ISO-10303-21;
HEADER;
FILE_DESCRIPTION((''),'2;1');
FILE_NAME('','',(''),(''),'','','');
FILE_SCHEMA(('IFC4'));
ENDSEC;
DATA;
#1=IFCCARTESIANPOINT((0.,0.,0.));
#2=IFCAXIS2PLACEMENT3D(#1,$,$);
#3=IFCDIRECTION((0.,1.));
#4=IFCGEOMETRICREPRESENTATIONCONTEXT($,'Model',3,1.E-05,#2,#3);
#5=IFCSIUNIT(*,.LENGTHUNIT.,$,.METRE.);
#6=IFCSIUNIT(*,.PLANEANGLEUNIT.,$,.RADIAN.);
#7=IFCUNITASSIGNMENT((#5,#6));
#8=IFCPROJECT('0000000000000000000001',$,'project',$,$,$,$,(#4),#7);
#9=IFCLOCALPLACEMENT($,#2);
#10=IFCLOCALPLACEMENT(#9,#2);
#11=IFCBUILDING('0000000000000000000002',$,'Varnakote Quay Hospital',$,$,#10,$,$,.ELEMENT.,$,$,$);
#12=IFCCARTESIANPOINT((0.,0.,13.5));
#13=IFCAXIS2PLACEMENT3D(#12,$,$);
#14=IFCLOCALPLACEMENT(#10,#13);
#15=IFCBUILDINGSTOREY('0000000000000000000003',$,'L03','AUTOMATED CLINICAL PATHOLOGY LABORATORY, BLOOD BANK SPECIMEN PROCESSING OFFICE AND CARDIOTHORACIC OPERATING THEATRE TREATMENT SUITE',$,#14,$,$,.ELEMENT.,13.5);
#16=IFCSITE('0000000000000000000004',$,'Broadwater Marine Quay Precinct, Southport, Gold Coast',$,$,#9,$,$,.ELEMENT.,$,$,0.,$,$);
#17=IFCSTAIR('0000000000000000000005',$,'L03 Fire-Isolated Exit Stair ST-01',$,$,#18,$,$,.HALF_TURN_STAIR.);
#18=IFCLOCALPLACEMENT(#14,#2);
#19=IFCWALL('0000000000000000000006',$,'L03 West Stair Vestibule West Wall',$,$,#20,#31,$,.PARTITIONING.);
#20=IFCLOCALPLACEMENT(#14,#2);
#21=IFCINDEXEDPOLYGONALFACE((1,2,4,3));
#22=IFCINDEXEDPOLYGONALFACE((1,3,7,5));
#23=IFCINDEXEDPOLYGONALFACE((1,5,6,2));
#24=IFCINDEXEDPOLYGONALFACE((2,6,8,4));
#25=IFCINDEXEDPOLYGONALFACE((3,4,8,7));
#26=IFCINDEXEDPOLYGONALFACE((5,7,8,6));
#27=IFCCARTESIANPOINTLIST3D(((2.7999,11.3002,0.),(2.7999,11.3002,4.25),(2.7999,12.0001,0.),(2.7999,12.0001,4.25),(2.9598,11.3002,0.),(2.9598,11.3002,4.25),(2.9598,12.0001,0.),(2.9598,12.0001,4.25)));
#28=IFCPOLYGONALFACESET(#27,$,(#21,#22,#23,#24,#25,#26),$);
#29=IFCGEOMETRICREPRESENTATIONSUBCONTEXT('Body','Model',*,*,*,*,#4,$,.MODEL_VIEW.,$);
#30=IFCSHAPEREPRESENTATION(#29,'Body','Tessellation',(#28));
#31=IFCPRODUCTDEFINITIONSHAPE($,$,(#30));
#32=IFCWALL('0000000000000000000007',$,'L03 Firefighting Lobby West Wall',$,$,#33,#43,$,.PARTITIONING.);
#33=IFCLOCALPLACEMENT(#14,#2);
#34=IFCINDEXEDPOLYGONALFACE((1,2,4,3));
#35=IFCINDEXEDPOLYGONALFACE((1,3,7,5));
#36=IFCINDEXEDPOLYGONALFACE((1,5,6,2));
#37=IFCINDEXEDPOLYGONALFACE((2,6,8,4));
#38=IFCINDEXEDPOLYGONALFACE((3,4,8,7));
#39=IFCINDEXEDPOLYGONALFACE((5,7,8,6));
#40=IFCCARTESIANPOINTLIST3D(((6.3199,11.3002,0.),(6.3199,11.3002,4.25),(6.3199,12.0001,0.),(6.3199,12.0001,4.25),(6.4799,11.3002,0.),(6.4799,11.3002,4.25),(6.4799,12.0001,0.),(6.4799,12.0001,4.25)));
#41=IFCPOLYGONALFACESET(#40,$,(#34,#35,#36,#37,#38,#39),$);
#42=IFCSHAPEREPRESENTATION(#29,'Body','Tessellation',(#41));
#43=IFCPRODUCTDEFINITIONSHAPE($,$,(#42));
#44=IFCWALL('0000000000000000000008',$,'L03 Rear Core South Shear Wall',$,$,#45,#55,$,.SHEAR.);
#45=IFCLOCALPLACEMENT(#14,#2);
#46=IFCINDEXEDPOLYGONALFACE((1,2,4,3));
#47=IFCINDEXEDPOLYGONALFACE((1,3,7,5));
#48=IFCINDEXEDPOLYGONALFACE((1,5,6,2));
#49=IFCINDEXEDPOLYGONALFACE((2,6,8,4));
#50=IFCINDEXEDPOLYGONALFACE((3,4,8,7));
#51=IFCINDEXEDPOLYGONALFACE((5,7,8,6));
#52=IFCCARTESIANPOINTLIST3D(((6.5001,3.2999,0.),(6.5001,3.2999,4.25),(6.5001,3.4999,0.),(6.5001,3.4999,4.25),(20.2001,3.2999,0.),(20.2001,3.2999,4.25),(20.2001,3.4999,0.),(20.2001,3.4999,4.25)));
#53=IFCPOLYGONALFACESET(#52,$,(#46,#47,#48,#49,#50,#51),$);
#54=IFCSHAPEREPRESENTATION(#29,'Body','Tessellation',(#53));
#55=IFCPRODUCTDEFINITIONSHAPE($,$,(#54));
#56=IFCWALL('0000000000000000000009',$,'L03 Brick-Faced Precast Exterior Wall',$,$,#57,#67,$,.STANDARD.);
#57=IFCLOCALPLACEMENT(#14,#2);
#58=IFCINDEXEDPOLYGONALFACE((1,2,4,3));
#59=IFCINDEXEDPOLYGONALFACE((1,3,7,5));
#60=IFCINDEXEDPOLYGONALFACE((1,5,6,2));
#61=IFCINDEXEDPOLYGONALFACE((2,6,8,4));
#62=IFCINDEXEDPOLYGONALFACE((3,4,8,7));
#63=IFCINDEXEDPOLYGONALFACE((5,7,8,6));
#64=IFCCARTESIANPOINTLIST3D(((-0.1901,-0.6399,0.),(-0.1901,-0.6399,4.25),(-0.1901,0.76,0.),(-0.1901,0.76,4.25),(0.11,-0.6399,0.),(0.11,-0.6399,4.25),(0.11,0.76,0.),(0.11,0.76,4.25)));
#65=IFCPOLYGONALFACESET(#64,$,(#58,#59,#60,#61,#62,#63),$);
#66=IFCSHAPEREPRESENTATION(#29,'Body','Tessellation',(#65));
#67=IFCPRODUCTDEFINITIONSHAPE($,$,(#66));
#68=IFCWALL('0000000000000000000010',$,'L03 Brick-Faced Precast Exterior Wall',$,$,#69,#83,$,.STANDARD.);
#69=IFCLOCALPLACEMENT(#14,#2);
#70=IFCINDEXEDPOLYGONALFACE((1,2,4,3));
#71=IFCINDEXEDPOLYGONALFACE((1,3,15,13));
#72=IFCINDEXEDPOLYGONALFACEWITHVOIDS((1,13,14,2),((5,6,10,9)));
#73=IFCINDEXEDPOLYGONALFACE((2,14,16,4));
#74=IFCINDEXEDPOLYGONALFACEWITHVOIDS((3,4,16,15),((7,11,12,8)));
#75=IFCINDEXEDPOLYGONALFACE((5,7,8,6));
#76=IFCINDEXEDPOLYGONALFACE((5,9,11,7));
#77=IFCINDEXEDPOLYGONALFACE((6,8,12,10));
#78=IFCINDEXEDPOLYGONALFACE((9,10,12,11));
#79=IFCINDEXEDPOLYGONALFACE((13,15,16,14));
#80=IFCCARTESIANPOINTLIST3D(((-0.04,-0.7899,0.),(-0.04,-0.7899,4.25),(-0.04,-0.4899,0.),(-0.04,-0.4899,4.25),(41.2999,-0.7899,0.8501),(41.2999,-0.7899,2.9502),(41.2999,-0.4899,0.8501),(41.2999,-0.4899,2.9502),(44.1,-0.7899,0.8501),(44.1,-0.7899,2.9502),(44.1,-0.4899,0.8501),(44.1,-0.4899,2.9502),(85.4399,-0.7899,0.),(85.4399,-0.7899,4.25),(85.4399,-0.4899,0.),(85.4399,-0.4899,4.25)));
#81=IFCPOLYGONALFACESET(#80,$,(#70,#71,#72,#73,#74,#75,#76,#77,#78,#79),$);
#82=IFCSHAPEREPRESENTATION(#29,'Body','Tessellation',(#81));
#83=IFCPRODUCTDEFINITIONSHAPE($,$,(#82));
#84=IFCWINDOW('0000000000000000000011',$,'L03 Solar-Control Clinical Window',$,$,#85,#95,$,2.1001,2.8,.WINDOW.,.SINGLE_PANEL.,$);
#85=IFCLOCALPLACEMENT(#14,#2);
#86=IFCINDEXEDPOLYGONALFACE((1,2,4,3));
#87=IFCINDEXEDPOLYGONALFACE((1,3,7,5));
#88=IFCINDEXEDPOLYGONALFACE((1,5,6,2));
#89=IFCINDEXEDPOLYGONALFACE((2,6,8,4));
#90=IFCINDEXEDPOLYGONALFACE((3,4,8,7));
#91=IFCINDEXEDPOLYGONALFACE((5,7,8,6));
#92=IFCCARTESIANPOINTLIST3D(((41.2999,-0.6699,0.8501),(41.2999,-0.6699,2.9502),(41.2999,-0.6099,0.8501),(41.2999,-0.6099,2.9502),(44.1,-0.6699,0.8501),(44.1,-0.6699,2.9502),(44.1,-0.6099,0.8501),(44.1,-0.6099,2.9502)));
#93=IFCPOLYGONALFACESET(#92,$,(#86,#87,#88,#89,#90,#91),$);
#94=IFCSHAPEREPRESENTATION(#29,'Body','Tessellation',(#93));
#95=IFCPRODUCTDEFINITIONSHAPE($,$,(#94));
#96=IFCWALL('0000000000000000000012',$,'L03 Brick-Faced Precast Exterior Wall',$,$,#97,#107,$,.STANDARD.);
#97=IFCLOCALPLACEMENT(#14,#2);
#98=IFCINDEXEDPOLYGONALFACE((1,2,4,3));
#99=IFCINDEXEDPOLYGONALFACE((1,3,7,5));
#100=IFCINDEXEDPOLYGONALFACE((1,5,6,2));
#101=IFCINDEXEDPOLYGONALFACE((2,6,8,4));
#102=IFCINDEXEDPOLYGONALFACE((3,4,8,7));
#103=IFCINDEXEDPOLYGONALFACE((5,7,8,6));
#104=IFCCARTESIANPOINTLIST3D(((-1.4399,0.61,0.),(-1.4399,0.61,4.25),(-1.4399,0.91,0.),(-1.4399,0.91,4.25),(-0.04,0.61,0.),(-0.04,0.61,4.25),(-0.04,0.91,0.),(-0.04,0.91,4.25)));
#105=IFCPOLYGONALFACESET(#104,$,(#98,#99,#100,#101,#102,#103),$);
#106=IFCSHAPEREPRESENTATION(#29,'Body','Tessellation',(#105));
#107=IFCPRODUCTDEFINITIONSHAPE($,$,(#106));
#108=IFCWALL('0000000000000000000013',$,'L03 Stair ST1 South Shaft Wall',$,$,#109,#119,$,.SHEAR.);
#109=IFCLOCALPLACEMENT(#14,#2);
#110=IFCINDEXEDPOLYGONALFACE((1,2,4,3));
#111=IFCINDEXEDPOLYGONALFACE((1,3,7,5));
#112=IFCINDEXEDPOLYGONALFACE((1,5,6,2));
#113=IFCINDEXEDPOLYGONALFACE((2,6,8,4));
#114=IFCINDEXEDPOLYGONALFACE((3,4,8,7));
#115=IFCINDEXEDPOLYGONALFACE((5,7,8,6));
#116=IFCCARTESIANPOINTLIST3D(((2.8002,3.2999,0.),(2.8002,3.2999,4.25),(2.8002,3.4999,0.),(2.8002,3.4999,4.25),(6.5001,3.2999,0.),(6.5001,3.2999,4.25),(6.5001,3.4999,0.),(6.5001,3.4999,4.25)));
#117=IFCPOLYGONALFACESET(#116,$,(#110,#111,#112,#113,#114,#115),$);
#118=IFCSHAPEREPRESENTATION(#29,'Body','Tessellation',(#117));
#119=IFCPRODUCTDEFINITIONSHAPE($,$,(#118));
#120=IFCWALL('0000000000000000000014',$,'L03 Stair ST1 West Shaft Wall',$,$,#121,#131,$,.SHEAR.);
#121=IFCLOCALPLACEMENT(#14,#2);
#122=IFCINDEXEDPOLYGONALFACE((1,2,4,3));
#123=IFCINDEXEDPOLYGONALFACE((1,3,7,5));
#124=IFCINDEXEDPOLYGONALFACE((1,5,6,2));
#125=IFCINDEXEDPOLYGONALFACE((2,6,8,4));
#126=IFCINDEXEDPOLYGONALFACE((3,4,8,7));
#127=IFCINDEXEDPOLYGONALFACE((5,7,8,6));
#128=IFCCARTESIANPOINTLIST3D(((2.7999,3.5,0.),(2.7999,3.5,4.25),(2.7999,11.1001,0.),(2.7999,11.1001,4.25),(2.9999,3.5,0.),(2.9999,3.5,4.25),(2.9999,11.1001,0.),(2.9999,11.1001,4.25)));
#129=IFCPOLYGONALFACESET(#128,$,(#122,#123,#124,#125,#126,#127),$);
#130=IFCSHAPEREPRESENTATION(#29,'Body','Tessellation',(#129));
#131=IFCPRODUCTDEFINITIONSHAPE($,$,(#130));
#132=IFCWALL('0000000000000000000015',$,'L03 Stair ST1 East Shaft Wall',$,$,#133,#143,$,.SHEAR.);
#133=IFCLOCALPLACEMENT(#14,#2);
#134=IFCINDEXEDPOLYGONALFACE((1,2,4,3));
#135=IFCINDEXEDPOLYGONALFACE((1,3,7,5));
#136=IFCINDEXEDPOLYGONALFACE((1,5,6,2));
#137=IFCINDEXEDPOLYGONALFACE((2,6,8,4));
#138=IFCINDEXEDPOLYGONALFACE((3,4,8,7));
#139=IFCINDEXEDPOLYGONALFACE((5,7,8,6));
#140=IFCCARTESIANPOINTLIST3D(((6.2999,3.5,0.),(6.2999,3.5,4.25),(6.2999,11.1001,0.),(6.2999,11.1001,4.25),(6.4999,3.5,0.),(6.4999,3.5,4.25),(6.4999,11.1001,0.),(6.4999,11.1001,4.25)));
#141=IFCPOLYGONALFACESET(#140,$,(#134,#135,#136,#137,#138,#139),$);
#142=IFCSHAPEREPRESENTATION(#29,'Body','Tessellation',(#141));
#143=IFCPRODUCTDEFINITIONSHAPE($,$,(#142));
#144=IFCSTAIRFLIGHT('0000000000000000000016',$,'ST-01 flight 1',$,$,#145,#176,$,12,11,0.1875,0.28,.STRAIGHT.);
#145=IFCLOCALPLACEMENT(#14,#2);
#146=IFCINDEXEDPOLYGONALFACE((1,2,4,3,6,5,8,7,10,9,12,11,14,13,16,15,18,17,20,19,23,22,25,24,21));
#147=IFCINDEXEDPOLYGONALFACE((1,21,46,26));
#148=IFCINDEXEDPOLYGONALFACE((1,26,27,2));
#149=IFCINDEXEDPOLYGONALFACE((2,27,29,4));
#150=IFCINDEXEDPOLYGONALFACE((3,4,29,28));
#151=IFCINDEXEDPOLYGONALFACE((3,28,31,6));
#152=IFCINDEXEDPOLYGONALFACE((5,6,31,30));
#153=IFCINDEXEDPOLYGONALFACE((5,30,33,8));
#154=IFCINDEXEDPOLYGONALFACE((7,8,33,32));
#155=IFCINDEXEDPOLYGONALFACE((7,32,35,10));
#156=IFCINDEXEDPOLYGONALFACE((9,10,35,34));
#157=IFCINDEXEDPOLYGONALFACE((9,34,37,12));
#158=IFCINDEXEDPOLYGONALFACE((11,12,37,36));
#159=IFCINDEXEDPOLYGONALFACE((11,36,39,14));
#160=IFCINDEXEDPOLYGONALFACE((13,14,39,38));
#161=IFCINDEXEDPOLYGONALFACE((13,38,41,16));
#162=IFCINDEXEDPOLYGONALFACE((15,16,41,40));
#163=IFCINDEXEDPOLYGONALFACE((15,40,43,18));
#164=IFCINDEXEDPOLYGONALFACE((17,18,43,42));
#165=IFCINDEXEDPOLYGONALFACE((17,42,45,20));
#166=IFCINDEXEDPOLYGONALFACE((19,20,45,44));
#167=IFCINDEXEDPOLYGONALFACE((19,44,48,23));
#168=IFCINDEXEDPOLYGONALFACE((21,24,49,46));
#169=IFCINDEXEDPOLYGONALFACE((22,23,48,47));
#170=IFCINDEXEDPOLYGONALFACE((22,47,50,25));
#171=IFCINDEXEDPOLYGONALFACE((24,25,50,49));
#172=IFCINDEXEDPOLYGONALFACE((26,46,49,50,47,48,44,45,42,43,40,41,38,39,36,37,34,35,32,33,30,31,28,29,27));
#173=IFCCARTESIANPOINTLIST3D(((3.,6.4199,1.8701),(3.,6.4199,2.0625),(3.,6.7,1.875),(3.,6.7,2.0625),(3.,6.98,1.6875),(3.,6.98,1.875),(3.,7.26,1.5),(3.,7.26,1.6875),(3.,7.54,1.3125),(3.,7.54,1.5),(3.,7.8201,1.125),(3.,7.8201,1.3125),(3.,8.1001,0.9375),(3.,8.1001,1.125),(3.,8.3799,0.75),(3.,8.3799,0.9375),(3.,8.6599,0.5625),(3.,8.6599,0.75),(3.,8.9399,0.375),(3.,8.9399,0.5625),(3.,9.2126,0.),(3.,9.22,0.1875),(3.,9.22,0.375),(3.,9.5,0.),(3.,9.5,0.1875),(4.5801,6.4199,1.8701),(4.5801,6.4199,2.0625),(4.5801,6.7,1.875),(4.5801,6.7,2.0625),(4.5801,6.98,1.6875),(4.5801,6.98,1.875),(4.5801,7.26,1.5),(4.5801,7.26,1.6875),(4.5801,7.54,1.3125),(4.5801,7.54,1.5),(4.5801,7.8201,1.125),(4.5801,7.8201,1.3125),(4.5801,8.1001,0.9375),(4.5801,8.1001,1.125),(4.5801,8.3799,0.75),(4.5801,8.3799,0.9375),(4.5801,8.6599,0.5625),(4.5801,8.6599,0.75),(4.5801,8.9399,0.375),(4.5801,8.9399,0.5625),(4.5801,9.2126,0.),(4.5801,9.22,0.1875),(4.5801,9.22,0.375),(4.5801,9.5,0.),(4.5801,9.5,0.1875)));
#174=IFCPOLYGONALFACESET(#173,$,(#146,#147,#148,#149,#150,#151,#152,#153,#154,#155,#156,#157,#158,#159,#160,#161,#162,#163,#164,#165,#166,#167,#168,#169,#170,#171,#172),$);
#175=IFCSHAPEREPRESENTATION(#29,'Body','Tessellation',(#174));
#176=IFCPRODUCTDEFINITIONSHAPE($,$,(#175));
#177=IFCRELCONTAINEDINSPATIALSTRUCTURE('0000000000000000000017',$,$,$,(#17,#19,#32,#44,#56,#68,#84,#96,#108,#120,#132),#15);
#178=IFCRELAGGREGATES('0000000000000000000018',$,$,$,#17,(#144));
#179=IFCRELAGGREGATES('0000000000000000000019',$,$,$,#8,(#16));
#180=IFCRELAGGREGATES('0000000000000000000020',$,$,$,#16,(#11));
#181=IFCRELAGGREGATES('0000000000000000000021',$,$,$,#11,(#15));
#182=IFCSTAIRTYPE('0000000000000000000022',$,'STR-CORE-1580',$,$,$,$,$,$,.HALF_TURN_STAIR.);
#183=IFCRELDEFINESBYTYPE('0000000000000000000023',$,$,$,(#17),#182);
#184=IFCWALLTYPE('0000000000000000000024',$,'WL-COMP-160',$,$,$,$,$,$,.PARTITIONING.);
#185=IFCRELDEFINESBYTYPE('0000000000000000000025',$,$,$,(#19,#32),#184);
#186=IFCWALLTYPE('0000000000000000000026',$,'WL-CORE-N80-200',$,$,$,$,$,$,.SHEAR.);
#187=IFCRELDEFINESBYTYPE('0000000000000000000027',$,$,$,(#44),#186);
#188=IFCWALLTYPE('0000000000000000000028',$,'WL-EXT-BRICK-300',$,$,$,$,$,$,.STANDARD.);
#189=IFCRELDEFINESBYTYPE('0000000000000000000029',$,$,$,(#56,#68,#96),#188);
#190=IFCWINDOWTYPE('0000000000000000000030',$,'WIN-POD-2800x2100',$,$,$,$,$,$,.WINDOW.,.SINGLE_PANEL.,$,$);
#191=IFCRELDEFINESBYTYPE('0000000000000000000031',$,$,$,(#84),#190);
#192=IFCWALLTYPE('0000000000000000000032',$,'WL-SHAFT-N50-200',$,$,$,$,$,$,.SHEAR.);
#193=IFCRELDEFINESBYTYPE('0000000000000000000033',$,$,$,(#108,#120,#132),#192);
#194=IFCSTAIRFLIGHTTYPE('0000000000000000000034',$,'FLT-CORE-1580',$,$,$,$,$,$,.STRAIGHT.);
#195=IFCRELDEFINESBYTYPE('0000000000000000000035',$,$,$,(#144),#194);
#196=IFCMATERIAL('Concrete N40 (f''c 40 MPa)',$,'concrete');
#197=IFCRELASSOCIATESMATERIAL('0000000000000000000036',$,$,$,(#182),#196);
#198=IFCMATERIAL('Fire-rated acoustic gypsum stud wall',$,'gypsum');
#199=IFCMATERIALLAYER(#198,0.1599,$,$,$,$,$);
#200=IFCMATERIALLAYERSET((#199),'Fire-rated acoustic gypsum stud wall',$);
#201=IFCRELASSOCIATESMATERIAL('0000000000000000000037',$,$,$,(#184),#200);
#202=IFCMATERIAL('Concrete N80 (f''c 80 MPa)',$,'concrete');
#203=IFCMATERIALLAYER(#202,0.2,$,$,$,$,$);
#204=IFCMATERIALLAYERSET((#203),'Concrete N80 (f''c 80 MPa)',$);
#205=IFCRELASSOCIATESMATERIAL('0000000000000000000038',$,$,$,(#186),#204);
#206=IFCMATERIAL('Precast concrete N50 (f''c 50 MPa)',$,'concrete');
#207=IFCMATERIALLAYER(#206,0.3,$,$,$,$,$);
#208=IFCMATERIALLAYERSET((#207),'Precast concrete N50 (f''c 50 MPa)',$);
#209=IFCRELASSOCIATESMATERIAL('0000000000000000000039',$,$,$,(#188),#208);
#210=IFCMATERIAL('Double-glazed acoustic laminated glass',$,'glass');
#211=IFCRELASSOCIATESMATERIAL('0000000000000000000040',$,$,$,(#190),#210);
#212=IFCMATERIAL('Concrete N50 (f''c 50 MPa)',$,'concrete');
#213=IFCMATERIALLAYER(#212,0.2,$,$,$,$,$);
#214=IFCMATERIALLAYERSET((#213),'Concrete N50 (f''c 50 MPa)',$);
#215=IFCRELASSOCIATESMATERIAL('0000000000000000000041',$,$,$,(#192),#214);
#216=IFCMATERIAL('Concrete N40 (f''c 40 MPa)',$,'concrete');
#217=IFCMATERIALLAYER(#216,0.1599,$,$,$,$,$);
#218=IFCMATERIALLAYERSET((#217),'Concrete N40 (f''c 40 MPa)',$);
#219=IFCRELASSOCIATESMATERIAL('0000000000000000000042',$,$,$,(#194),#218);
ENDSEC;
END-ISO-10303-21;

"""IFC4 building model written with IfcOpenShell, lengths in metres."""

from ifc_helpers import new_model, si_unit, direction, frame, frame_2d, origin, place, context, subcontext, project, spatial, polyline, rectangle, outline, extrude, material, layer, layer_set, type_object, element, fill, aggregate, save


model = new_model("IFC4")

# Units and contexts
model_context = context("Model", 3, precision=1e-05, world=origin(), true_north=direction((0.0, 1.0)))
body_context = subcontext(model_context, "Body", "Model", "MODEL_VIEW")
ifc_project = project(units=[si_unit("LENGTHUNIT", "METRE"), si_unit("PLANEANGLEUNIT", "RADIAN")], contexts=[model_context])

# Site, building, storey
site_placement = place(None, origin())
site = spatial("IfcSite", under=ifc_project, at=site_placement, Name="Broadwater Marine Quay Precinct, Southport, Gold Coast", CompositionType="ELEMENT", RefElevation=0.0)
building_placement = place(site_placement, origin())
building = spatial("IfcBuilding", under=site, at=building_placement, Name="Varnakote Quay Hospital", CompositionType="ELEMENT")
storey_placement = place(building_placement, frame((0.0, 0.0, 13.5)))
storey = spatial("IfcBuildingStorey", under=building, at=storey_placement, Name="L03", Description="AUTOMATED CLINICAL PATHOLOGY LABORATORY, BLOOD BANK SPECIMEN PROCESSING OFFICE AND CARDIOTHORACIC OPERATING THEATRE TREATMENT SUITE", CompositionType="ELEMENT", Elevation=13.5)

# Stair
ifc_material_1 = material(Name="Concrete N40 (f'c 40 MPa)", Category="concrete")
stair_type_1 = type_object("IfcStairType", Name="STR-CORE-1580", PredefinedType="HALF_TURN_STAIR", material=ifc_material_1)
stair_1_placement = place(storey_placement, origin())
stair_1 = element("IfcStair", 1, at=stair_1_placement, inside=storey, type_object=stair_type_1, Name="L03 Fire-Isolated Exit Stair ST-01", PredefinedType="HALF_TURN_STAIR")

# Walls
ifc_material_2 = material(Name="Fire-rated acoustic gypsum stud wall", Category="gypsum")
ifc_layer_1 = layer(ifc_material_2, 0.1599)
ifc_layer_set_1 = layer_set([ifc_layer_1], Name="Fire-rated acoustic gypsum stud wall")
wall_type_1 = type_object("IfcWallType", Name="WL-COMP-160", PredefinedType="PARTITIONING", material=ifc_layer_set_1)
for number, where, z_axis, x_axis, name in (
    (2, (2.8799, 11.3, 0.0), (0.0, 0.0, 1.0), (0.0, 1.0, 0.0), "L03 West Stair Vestibule West Wall"),
    (3, (6.3999, 11.3, 0.0), (0.0, 0.0, 1.0), (0.0, 1.0, 0.0), "L03 Firefighting Lobby West Wall"),
):
    element("IfcWall", number, at=place(storey_placement, frame(where, z_axis=z_axis, x_axis=x_axis)), inside=storey, type_object=wall_type_1, Name=name, PredefinedType="PARTITIONING", context=body_context, shape_type="SweptSolid", body=[
        extrude(rectangle(XDim=0.7, YDim=0.1599, at=frame_2d((0.3501, 0.0))), origin(), (0.0, 0.0, 1.0), 4.25),
    ])
ifc_material_3 = material(Name="Concrete N80 (f'c 80 MPa)", Category="concrete")
ifc_layer_2 = layer(ifc_material_3, 0.2)
ifc_layer_set_2 = layer_set([ifc_layer_2], Name="Concrete N80 (f'c 80 MPa)")
wall_type_2 = type_object("IfcWallType", Name="WL-CORE-N80-200", PredefinedType="SHEAR", material=ifc_layer_set_2)
wall_1_placement = place(storey_placement, frame((6.5, 3.3999, 0.0), z_axis=(0.0, 0.0, 1.0), x_axis=(1.0, 0.0, 0.0)))
element("IfcWall", 4, at=wall_1_placement, inside=storey, type_object=wall_type_2, Name="L03 Rear Core South Shear Wall", PredefinedType="SHEAR", context=body_context, shape_type="SweptSolid", body=[
    extrude(rectangle(XDim=13.7, YDim=0.2, at=frame_2d((6.8501, 0.0))), origin(), (0.0, 0.0, 1.0), 4.25),
])
ifc_material_4 = material(Name="Precast concrete N50 (f'c 50 MPa)", Category="concrete")
ifc_layer_3 = layer(ifc_material_4, 0.3)
ifc_layer_set_3 = layer_set([ifc_layer_3], Name="Precast concrete N50 (f'c 50 MPa)")
wall_type_3 = type_object("IfcWallType", Name="WL-EXT-BRICK-300", PredefinedType="STANDARD", material=ifc_layer_set_3)
wall_2_placement = place(storey_placement, frame((-0.04, 0.76, 0.0), z_axis=(0.0, 0.0, 1.0), x_axis=(0.0, -1.0, 0.0)))
element("IfcWall", 5, at=wall_2_placement, inside=storey, type_object=wall_type_3, Name="L03 Brick-Faced Precast Exterior Wall", PredefinedType="STANDARD", context=body_context, shape_type="SweptSolid", body=[
    extrude(rectangle(XDim=1.3999, YDim=0.3, at=frame_2d((0.7, 0.0))), origin(), (0.0, 0.0, 1.0), 4.25),
])

# Wall, opening, window
wall_3_placement = place(storey_placement, frame((-0.04, -0.6399, 0.0), z_axis=(0.0, 0.0, 1.0), x_axis=(1.0, 0.0, 0.0)))
wall_3 = element("IfcWall", 6, at=wall_3_placement, inside=storey, type_object=wall_type_3, Name="L03 Brick-Faced Precast Exterior Wall", PredefinedType="STANDARD", context=body_context, shape_type="SweptSolid", body=[
    extrude(rectangle(XDim=85.48, YDim=0.3, at=frame_2d((42.74, 0.0))), origin(), (0.0, 0.0, 1.0), 4.25),
])
opening_1_placement = place(wall_3_placement, frame((41.3401, 0.0, 0.8501)))
opening_1 = element("IfcOpeningElement", 7, at=opening_1_placement, cuts=wall_3, PredefinedType="OPENING", context=body_context, shape_type="SweptSolid", body=[
    extrude(rectangle(XDim=2.8, YDim=2.1001, at=frame_2d((1.3999, 1.05))), frame((0.0, 0.1599, 0.0), z_axis=(0.0, -1.0, 0.0), x_axis=(1.0, 0.0, 0.0)), (0.0, 0.0, 1.0), 0.3201),
])
ifc_material_5 = material(Name="Double-glazed acoustic laminated glass", Category="glass")
window_type = type_object("IfcWindowType", Name="WIN-POD-2800x2100", PartitioningType="SINGLE_PANEL", PredefinedType="WINDOW", material=ifc_material_5)
window_placement = place(opening_1_placement, origin())
window = element("IfcWindow", 8, at=window_placement, inside=storey, type_object=window_type, Name="L03 Solar-Control Clinical Window", OverallHeight=2.1001, OverallWidth=2.8, PartitioningType="SINGLE_PANEL", PredefinedType="WINDOW", context=body_context, shape_type="SweptSolid", body=[
    extrude(rectangle(XDim=2.8, YDim=2.1001, at=frame_2d((1.3999, 1.05))), frame((0.0, 0.03, 0.0), z_axis=(0.0, -1.0, 0.0), x_axis=(1.0, 0.0, 0.0)), (0.0, 0.0, 1.0), 0.0601),
])
fill(opening_1, window)

# Walls
wall_4_placement = place(storey_placement, frame((-1.4399, 0.76, 0.0), z_axis=(0.0, 0.0, 1.0), x_axis=(1.0, 0.0, 0.0)))
element("IfcWall", 9, at=wall_4_placement, inside=storey, type_object=wall_type_3, Name="L03 Brick-Faced Precast Exterior Wall", PredefinedType="STANDARD", context=body_context, shape_type="SweptSolid", body=[
    extrude(rectangle(XDim=1.3999, YDim=0.3, at=frame_2d((0.7, 0.0))), origin(), (0.0, 0.0, 1.0), 4.25),
])
ifc_material_6 = material(Name="Concrete N50 (f'c 50 MPa)", Category="concrete")
ifc_layer_4 = layer(ifc_material_6, 0.2)
ifc_layer_set_4 = layer_set([ifc_layer_4], Name="Concrete N50 (f'c 50 MPa)")
wall_type_4 = type_object("IfcWallType", Name="WL-SHAFT-N50-200", PredefinedType="SHEAR", material=ifc_layer_set_4)
wall_5_placement = place(storey_placement, frame((2.8, 3.3999, 0.0), z_axis=(0.0, 0.0, 1.0), x_axis=(1.0, 0.0, 0.0)))
element("IfcWall", 10, at=wall_5_placement, inside=storey, type_object=wall_type_4, Name="L03 Stair ST1 South Shaft Wall", PredefinedType="SHEAR", context=body_context, shape_type="SweptSolid", body=[
    extrude(rectangle(XDim=3.7, YDim=0.2, at=frame_2d((1.8501, 0.0))), origin(), (0.0, 0.0, 1.0), 4.25),
])
for number, where, z_axis, x_axis, name in (
    (11, (2.8999, 3.5, 0.0), (0.0, 0.0, 1.0), (0.0, 1.0, 0.0), "L03 Stair ST1 West Shaft Wall"),
    (12, (6.3999, 3.5, 0.0), (0.0, 0.0, 1.0), (0.0, 1.0, 0.0), "L03 Stair ST1 East Shaft Wall"),
):
    element("IfcWall", number, at=place(storey_placement, frame(where, z_axis=z_axis, x_axis=x_axis)), inside=storey, type_object=wall_type_4, Name=name, PredefinedType="SHEAR", context=body_context, shape_type="SweptSolid", body=[
        extrude(rectangle(XDim=7.6001, YDim=0.2, at=frame_2d((3.8, 0.0))), origin(), (0.0, 0.0, 1.0), 4.25),
    ])

# Stair flight
ifc_material_7 = material(Name="Concrete N40 (f'c 40 MPa)", Category="concrete")
ifc_layer_5 = layer(ifc_material_7, 0.1599)
ifc_layer_set_5 = layer_set([ifc_layer_5], Name="Concrete N40 (f'c 40 MPa)")
stair_flight_type = type_object("IfcStairFlightType", Name="FLT-CORE-1580", PredefinedType="STRAIGHT", material=ifc_layer_set_5)
stair_flight_1_placement = place(storey_placement, frame((3.79, 9.5, 0.0), z_axis=(0.0, 0.0, 1.0), x_axis=(0.0, -1.0, 0.0)))
stair_flight_1 = element("IfcStairFlight", 13, at=stair_flight_1_placement, type_object=stair_flight_type, Name="ST-01 flight 1", NumberOfRisers=12, NumberOfTreads=11, PredefinedType="STRAIGHT", RiserHeight=0.1875, TreadLength=0.28, context=body_context, shape_type="SweptSolid", body=[
    extrude(outline(polyline([(0.0, 0.0), (0.0, 0.1875), (0.28, 0.1875), (0.28, 0.375), (0.5601, 0.375), (0.5601, 0.5625), (0.8401, 0.5625), (0.8401, 0.75), (1.1201, 0.75), (1.1201, 0.9375), (1.3999, 0.9375), (1.3999, 1.125), (1.6799, 1.125), (1.6799, 1.3125), (1.96, 1.3125), (1.96, 1.5), (2.24, 1.5), (2.24, 1.6875), (2.52, 1.6875), (2.52, 1.875), (2.8, 1.875), (2.8, 2.0625), (3.0801, 2.0625), (3.0801, 2.25), (3.0801, 1.8701), (0.2874, 0.0), (0.0, 0.0)])), frame((0.0, 0.79, 0.0), z_axis=(0.0, -1.0, 0.0), x_axis=(1.0, 0.0, 0.0)), (0.0, 0.0, 1.0), 1.5801),
])
aggregate(stair_1, [stair_flight_1])

save(model, "model.ifc")
